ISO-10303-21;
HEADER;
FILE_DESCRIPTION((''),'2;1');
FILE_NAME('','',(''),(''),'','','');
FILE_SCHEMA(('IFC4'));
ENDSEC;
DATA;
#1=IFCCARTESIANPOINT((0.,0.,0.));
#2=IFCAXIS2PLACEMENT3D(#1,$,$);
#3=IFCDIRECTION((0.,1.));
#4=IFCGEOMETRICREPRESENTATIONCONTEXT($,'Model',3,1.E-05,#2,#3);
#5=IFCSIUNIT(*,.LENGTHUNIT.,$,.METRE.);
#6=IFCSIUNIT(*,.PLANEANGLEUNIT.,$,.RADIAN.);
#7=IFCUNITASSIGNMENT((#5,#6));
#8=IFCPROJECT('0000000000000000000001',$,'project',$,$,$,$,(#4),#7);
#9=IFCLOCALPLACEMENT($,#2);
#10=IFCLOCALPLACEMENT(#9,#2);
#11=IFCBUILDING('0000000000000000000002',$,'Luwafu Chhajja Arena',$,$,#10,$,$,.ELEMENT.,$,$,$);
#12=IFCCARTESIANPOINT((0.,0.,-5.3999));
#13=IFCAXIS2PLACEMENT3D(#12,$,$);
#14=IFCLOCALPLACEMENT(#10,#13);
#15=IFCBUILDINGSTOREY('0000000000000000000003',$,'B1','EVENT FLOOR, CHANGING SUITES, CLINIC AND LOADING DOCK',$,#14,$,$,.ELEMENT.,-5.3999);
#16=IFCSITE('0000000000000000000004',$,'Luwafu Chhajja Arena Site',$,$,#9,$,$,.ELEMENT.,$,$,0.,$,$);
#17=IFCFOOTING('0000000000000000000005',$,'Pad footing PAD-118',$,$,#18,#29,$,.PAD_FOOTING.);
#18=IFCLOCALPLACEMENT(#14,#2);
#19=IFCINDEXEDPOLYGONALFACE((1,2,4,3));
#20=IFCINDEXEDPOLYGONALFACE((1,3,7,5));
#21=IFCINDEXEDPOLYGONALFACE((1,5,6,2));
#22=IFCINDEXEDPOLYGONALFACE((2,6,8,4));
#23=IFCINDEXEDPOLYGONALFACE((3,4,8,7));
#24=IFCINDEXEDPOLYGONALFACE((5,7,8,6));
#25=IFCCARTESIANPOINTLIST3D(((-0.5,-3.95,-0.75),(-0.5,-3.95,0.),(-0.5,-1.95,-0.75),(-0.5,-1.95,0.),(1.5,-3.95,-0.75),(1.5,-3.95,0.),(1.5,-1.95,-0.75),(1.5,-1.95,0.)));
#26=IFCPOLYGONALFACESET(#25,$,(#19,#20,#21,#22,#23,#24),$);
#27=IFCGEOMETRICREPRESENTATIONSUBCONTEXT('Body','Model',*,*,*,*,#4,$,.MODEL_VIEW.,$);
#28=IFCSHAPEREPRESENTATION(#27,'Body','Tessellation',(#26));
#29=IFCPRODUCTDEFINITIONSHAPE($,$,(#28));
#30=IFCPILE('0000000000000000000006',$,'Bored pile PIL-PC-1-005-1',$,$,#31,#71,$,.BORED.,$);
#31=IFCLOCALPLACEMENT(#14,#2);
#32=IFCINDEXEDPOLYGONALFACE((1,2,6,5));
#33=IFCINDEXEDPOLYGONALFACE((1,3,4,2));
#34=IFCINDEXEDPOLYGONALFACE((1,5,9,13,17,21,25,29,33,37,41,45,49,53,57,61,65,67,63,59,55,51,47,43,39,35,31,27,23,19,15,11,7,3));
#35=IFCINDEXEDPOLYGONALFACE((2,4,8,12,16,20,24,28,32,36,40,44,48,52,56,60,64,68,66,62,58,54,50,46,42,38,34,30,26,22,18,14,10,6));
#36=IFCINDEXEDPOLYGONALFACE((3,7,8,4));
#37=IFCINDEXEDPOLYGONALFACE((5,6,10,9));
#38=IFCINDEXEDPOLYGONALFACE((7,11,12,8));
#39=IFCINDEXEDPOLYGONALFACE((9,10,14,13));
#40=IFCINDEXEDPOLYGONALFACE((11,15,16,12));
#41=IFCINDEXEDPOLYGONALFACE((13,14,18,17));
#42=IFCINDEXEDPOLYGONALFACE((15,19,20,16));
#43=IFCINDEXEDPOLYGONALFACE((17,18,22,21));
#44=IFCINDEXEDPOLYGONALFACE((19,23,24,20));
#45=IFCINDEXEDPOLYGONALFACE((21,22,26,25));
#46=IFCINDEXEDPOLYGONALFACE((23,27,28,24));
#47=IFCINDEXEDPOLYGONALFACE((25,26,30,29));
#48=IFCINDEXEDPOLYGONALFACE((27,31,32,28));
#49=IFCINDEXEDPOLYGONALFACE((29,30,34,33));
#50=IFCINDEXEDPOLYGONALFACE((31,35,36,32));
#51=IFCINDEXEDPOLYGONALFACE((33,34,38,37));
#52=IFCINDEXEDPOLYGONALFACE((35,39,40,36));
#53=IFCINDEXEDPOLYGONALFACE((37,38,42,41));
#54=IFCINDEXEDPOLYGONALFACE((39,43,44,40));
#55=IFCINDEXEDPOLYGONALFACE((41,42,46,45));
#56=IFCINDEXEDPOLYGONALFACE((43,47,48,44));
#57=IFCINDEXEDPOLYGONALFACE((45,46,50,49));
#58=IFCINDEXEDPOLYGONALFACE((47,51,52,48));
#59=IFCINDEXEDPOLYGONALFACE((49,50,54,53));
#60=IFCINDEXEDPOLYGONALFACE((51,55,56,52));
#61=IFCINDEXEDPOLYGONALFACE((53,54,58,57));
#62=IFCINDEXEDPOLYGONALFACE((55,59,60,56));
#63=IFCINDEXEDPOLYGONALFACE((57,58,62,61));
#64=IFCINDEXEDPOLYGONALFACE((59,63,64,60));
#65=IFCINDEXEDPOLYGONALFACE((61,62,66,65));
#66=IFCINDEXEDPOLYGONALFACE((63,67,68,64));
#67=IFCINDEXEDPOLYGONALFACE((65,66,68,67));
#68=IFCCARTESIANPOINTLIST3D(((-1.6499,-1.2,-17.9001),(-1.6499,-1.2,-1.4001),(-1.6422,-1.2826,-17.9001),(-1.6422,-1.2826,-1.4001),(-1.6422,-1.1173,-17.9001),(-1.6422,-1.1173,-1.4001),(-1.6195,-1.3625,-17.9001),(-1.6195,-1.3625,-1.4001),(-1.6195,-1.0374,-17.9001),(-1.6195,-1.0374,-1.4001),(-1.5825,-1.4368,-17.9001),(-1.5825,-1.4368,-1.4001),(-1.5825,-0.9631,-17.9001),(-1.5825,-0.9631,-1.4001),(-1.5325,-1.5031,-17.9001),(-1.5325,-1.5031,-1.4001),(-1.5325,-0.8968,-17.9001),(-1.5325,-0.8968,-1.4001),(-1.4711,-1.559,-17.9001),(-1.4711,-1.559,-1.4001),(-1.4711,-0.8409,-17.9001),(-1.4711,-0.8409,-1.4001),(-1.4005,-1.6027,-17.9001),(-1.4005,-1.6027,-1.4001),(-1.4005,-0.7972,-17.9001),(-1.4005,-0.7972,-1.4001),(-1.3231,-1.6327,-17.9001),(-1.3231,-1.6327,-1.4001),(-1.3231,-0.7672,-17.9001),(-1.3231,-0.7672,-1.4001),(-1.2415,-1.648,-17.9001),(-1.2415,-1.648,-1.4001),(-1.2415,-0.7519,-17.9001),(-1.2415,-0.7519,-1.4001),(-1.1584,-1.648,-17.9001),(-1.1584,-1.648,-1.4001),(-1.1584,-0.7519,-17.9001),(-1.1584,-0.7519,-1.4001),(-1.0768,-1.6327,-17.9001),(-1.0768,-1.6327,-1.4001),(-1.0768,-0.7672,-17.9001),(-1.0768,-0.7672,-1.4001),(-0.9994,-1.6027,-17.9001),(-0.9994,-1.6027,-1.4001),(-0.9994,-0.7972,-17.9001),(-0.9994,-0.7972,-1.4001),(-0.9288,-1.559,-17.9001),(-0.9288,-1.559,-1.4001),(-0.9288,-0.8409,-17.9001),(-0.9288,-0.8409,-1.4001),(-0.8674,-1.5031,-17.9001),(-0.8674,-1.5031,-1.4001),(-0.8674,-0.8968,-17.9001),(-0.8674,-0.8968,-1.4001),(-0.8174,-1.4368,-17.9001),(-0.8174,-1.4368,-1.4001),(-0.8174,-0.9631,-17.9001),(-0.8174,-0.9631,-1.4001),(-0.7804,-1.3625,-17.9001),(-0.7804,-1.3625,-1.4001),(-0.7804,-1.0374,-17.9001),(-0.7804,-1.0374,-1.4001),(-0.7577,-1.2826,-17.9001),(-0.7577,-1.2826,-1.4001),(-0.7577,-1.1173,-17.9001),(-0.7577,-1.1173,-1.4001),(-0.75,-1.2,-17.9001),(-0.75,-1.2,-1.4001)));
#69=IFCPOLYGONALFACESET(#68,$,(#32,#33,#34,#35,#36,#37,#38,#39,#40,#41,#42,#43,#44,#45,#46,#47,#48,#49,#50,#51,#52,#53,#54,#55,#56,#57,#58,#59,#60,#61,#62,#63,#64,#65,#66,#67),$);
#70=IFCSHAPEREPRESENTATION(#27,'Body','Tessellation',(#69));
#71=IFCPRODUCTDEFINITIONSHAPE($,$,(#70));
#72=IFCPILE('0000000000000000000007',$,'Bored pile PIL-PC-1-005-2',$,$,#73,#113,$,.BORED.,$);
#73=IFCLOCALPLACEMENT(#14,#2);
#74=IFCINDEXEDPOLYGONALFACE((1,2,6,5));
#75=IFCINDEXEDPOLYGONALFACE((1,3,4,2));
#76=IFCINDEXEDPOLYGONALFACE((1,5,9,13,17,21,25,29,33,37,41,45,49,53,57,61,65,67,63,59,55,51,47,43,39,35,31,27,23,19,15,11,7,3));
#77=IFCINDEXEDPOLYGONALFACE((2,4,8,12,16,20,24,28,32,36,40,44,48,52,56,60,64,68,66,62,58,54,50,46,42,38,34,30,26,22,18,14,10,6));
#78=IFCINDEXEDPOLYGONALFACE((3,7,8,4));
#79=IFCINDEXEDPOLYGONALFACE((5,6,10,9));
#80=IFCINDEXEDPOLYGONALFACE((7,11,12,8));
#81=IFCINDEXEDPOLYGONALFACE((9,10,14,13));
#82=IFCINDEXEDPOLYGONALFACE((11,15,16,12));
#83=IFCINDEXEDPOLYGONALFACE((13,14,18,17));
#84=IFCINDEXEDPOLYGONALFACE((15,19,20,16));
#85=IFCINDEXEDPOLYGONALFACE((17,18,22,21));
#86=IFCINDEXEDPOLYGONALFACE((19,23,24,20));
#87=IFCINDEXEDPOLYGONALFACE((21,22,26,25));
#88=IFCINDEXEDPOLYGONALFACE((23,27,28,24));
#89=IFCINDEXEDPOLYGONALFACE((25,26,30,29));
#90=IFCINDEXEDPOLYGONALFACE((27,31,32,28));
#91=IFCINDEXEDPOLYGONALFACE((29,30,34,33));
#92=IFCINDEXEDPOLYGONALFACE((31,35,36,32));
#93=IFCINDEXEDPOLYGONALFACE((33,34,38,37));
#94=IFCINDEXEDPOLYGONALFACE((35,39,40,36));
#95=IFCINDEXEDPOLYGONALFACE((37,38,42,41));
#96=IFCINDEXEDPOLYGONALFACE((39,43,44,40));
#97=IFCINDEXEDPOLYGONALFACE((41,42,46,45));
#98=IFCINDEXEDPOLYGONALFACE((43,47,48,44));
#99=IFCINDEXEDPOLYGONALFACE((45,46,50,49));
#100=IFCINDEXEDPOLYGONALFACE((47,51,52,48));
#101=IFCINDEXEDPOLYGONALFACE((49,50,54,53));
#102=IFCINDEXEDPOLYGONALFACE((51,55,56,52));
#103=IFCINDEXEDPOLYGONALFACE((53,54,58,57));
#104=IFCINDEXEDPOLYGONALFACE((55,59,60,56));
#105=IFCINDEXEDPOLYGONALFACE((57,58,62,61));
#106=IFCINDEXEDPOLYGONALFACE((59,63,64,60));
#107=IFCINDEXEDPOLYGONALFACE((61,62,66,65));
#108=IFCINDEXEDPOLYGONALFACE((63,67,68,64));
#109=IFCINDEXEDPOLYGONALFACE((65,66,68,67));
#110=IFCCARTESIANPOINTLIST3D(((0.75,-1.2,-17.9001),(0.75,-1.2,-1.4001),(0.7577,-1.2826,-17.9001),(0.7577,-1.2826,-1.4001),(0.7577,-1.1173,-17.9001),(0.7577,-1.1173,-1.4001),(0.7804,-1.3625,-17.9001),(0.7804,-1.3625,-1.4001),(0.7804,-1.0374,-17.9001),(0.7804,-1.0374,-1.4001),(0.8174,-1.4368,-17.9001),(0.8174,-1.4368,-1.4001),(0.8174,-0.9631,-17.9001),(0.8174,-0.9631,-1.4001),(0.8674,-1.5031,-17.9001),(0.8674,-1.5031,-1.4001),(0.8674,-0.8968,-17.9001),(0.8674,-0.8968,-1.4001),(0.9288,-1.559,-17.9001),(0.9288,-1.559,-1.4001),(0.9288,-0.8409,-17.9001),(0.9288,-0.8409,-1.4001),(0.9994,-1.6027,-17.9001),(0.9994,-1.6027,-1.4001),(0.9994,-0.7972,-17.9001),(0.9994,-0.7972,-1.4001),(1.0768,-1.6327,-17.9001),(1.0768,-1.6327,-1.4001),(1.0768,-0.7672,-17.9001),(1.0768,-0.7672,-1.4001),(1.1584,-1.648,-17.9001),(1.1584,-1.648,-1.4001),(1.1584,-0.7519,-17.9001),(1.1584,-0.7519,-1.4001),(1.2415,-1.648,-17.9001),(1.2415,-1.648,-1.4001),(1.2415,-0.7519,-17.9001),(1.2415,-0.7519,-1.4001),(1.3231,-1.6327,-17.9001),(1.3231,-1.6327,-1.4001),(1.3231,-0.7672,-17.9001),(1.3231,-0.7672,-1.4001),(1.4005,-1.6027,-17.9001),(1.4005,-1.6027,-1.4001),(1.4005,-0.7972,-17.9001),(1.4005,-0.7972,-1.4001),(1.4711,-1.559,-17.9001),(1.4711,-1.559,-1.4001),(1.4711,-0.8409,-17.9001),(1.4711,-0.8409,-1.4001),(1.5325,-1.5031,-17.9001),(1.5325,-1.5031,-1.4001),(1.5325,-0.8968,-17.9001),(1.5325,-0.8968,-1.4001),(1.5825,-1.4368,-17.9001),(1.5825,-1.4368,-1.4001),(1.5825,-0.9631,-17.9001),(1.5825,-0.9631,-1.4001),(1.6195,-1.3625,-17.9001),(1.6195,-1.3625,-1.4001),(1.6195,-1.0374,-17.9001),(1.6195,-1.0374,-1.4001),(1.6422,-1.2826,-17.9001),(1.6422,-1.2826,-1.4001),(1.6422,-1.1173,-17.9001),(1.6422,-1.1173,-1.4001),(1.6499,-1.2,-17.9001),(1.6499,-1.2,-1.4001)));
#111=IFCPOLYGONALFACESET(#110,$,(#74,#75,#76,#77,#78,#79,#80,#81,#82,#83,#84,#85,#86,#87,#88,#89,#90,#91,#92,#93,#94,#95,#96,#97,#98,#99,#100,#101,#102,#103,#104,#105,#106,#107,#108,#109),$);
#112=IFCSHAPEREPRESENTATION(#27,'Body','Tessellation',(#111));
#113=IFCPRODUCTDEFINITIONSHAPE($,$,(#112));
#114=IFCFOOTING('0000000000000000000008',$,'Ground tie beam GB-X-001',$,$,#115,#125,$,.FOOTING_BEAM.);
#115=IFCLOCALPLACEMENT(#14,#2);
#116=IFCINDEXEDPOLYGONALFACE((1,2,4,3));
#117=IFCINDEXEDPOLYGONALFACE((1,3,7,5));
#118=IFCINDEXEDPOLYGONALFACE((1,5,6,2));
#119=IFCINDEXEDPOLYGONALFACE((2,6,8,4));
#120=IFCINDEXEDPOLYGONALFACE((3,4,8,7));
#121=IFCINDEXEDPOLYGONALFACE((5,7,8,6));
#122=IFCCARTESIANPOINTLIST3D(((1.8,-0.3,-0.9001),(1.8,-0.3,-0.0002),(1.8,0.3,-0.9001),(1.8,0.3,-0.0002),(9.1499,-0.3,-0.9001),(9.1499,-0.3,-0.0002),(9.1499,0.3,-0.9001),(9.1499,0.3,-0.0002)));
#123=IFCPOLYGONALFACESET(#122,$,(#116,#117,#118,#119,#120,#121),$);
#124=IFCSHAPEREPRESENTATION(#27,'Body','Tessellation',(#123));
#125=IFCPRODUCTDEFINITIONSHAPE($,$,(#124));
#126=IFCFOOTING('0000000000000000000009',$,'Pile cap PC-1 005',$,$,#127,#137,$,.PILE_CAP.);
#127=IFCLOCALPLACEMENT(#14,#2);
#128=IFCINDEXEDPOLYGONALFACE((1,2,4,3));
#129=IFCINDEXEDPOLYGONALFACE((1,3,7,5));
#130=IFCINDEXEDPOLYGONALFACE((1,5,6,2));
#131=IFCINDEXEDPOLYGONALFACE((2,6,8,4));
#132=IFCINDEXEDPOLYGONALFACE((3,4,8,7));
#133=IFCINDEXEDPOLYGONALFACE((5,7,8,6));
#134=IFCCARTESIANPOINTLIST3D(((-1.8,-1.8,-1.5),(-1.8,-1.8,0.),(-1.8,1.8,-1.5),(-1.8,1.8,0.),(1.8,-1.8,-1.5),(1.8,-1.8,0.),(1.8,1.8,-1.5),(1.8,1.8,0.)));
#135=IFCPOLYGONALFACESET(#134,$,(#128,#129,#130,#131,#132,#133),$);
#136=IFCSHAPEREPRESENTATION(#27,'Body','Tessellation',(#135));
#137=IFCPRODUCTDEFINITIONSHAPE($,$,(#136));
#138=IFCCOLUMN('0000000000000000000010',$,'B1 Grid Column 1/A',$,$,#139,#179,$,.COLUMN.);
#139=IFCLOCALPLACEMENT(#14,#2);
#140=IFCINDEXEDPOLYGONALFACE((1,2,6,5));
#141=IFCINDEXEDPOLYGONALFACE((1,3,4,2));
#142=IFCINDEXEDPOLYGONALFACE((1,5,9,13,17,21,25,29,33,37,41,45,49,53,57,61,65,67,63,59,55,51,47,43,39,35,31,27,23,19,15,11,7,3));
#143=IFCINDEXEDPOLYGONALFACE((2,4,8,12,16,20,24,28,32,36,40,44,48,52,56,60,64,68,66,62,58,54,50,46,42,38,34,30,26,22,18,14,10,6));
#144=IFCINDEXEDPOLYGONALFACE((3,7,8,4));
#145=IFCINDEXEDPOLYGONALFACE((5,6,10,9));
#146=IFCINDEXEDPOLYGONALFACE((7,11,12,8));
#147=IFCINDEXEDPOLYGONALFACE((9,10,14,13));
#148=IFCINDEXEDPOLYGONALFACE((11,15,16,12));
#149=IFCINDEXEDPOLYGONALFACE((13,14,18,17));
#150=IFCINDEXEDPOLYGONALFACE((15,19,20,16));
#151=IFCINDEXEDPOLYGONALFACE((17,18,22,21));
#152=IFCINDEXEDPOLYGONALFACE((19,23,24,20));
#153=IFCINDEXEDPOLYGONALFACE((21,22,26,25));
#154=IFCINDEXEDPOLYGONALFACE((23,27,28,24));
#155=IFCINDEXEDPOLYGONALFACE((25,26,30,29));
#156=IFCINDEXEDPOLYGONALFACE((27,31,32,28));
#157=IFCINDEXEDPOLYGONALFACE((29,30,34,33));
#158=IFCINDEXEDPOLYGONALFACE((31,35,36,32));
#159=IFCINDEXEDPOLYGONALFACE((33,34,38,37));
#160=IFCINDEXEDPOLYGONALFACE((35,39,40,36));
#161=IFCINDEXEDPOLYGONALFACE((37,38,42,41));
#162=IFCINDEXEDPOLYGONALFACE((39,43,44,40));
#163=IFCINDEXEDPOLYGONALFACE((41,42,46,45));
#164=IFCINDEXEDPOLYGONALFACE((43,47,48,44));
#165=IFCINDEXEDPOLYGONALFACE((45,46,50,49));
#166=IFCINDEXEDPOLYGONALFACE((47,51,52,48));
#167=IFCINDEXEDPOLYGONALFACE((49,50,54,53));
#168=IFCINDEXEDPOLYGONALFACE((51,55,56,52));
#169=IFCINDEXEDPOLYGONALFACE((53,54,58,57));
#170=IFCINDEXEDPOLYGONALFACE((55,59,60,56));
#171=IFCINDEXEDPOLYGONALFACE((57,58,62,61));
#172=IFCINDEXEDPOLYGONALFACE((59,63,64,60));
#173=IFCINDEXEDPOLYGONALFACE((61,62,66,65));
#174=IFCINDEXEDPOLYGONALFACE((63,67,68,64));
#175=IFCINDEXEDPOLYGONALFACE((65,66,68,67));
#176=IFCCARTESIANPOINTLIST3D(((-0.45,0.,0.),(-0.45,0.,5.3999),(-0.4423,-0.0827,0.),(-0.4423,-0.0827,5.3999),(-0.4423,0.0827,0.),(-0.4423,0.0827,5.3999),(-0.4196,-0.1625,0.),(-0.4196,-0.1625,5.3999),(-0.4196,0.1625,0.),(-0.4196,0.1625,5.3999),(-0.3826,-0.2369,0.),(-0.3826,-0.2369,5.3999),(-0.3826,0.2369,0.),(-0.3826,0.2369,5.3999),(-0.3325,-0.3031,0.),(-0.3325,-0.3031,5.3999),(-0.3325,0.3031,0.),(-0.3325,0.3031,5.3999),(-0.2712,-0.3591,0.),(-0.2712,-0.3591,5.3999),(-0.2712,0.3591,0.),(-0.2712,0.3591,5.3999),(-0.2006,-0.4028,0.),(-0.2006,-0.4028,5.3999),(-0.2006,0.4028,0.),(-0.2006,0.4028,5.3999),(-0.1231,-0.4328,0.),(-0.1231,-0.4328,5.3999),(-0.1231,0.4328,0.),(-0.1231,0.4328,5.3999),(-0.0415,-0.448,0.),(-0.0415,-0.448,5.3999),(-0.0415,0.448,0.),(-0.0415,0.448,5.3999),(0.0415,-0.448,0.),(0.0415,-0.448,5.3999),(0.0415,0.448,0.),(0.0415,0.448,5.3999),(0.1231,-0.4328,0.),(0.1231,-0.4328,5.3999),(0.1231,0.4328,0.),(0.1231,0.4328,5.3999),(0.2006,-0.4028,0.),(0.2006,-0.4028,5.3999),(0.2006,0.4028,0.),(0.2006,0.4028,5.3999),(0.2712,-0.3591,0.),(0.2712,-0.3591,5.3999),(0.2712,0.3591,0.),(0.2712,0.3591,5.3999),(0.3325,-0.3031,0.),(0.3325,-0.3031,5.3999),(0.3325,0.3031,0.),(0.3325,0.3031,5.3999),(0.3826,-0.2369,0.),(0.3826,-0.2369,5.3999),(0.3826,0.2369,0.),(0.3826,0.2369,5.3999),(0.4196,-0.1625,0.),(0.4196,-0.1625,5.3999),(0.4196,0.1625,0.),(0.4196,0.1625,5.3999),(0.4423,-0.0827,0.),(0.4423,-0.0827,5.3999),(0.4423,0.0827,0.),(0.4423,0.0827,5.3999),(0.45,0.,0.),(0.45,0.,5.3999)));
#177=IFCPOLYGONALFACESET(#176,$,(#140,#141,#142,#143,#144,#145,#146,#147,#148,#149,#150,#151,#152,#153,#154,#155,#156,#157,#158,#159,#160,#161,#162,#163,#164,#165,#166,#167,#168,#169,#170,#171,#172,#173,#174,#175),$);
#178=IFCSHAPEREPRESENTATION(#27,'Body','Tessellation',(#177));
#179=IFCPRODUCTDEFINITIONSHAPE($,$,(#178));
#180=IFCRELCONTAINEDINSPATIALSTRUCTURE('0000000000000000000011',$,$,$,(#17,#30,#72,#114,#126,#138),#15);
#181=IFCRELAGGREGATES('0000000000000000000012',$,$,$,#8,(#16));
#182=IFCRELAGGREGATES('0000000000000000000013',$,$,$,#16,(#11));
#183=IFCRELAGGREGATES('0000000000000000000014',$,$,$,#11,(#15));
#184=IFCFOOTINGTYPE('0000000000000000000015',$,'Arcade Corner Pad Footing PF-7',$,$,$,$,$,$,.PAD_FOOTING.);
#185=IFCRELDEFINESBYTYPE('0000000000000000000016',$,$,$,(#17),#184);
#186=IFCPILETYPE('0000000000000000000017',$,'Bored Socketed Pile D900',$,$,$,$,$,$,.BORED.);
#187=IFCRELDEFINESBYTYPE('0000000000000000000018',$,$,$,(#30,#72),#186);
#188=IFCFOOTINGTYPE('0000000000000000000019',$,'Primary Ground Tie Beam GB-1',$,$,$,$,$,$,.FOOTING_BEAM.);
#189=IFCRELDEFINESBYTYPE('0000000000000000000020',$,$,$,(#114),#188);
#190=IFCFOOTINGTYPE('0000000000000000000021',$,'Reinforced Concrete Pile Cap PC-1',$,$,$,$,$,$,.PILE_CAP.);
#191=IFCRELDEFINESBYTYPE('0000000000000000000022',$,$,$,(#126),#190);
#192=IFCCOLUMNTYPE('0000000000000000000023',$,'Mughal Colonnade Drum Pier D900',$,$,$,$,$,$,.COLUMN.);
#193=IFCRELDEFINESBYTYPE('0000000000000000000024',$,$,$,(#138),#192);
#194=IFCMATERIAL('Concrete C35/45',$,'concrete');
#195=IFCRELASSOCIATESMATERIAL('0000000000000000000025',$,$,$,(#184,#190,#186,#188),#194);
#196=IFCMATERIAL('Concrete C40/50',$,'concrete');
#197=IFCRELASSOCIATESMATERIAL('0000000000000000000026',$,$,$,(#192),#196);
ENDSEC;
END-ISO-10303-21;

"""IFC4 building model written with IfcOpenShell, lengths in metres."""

from ifc_helpers import new_model, si_unit, direction, frame, origin, origin_with_axes, origin_2d, place, context, subcontext, project, spatial, rectangle, circle, extrude, material, material_profile, profile_set, type_object, element, save


model = new_model("IFC4")

# Units and contexts
model_context = context("Model", 3, precision=1e-05, world=origin(), true_north=direction((0.0, 1.0)))
body_context = subcontext(model_context, "Body", "Model", "MODEL_VIEW")
ifc_project = project(units=[si_unit("LENGTHUNIT", "METRE"), si_unit("PLANEANGLEUNIT", "RADIAN")], contexts=[model_context])

# Site, building, storey
site_placement = place(None, origin())
site = spatial("IfcSite", under=ifc_project, at=site_placement, Name="Luwafu Chhajja Arena Site", CompositionType="ELEMENT", RefElevation=0.0)
building_placement = place(site_placement, origin())
building = spatial("IfcBuilding", under=site, at=building_placement, Name="Luwafu Chhajja Arena", CompositionType="ELEMENT")
storey_placement = place(building_placement, frame((0.0, 0.0, -5.3999)))
storey = spatial("IfcBuildingStorey", under=building, at=storey_placement, Name="B1", Description="EVENT FLOOR, CHANGING SUITES, CLINIC AND LOADING DOCK", CompositionType="ELEMENT", Elevation=-5.3999)

# Footing
ifc_material_1 = material(Name="Concrete C35/45", Category="concrete")
footing_type_1 = type_object("IfcFootingType", Name="Arcade Corner Pad Footing PF-7", PredefinedType="PAD_FOOTING", material=ifc_material_1)
footing_1_placement = place(storey_placement, frame((0.5, -2.95, -0.75), z_axis=(0.0, 0.0, 1.0), x_axis=(1.0, 0.0, 0.0)))
element("IfcFooting", 1, at=footing_1_placement, inside=storey, type_object=footing_type_1, Name="Pad footing PAD-118", PredefinedType="PAD_FOOTING", context=body_context, shape_type="SweptSolid", body=[
    extrude(rectangle(XDim=2.0, YDim=2.0, at=origin_2d()), origin(), (0.0, 0.0, 1.0), 0.75),
])

# Piles
ifc_material_profile_1 = material_profile(ifc_material_1, circle(Radius=0.45, at=origin_2d()), Name="PILE D900")
ifc_profile_set_1 = profile_set([ifc_material_profile_1], Name="Concrete C35/45")
pile_type = type_object("IfcPileType", Name="Bored Socketed Pile D900", PredefinedType="BORED", material=ifc_profile_set_1)
for number, where, z_axis, x_axis, name in (
    (2, (-1.2, -1.2, -1.4001), (0.0, 0.0, -1.0), (1.0, 0.0, 0.0), "Bored pile PIL-PC-1-005-1"),
    (3, (1.2, -1.2, -1.4001), (0.0, 0.0, -1.0), (1.0, 0.0, 0.0), "Bored pile PIL-PC-1-005-2"),
):
    element("IfcPile", number, at=place(storey_placement, frame(where, z_axis=z_axis, x_axis=x_axis)), inside=storey, type_object=pile_type, Name=name, PredefinedType="BORED", context=body_context, shape_type="SweptSolid", body=[
        extrude(circle(Radius=0.45, at=origin_2d()), origin(), (0.0, 0.0, 1.0), 16.5),
    ])

# Footings
ifc_material_profile_2 = material_profile(ifc_material_1, rectangle(XDim=0.6001, YDim=0.8999, at=origin_2d()), Name="RC 600x900")
ifc_profile_set_2 = profile_set([ifc_material_profile_2], Name="Concrete C35/45")
footing_type_2 = type_object("IfcFootingType", Name="Primary Ground Tie Beam GB-1", PredefinedType="FOOTING_BEAM", material=ifc_profile_set_2)
footing_2_placement = place(storey_placement, frame((1.8, 0.0, -0.4502), z_axis=(1.0, 0.0, 0.0), x_axis=(0.0, 1.0, 0.0)))
element("IfcFooting", 4, at=footing_2_placement, inside=storey, type_object=footing_type_2, Name="Ground tie beam GB-X-001", PredefinedType="FOOTING_BEAM", context=body_context, shape_type="SweptSolid", body=[
    extrude(rectangle(XDim=0.6001, YDim=0.8999, at=origin_2d()), origin(), (0.0, 0.0, 1.0), 7.3499),
])
footing_type_3 = type_object("IfcFootingType", Name="Reinforced Concrete Pile Cap PC-1", PredefinedType="PILE_CAP", material=ifc_material_1)
footing_3_placement = place(storey_placement, frame((0.0, 0.0, -1.5), z_axis=(0.0, 0.0, 1.0), x_axis=(1.0, 0.0, 0.0)))
element("IfcFooting", 5, at=footing_3_placement, inside=storey, type_object=footing_type_3, Name="Pile cap PC-1 005", PredefinedType="PILE_CAP", context=body_context, shape_type="SweptSolid", body=[
    extrude(rectangle(XDim=3.6001, YDim=3.6001, at=origin_2d()), origin(), (0.0, 0.0, 1.0), 1.5),
])

# Column
ifc_material_2 = material(Name="Concrete C40/50", Category="concrete")
ifc_material_profile_3 = material_profile(ifc_material_2, circle(Radius=0.45, at=origin_2d()), Name="RC COL D900")
ifc_profile_set_3 = profile_set([ifc_material_profile_3], Name="Concrete C40/50")
column_type = type_object("IfcColumnType", Name="Mughal Colonnade Drum Pier D900", PredefinedType="COLUMN", material=ifc_profile_set_3)
column_1_placement = place(storey_placement, origin_with_axes())
element("IfcColumn", 6, at=column_1_placement, inside=storey, type_object=column_type, Name="B1 Grid Column 1/A", PredefinedType="COLUMN", context=body_context, shape_type="SweptSolid", body=[
    extrude(circle(Radius=0.45, at=origin_2d()), origin(), (0.0, 0.0, 1.0), 5.3999),
])

save(model, "model.ifc")
